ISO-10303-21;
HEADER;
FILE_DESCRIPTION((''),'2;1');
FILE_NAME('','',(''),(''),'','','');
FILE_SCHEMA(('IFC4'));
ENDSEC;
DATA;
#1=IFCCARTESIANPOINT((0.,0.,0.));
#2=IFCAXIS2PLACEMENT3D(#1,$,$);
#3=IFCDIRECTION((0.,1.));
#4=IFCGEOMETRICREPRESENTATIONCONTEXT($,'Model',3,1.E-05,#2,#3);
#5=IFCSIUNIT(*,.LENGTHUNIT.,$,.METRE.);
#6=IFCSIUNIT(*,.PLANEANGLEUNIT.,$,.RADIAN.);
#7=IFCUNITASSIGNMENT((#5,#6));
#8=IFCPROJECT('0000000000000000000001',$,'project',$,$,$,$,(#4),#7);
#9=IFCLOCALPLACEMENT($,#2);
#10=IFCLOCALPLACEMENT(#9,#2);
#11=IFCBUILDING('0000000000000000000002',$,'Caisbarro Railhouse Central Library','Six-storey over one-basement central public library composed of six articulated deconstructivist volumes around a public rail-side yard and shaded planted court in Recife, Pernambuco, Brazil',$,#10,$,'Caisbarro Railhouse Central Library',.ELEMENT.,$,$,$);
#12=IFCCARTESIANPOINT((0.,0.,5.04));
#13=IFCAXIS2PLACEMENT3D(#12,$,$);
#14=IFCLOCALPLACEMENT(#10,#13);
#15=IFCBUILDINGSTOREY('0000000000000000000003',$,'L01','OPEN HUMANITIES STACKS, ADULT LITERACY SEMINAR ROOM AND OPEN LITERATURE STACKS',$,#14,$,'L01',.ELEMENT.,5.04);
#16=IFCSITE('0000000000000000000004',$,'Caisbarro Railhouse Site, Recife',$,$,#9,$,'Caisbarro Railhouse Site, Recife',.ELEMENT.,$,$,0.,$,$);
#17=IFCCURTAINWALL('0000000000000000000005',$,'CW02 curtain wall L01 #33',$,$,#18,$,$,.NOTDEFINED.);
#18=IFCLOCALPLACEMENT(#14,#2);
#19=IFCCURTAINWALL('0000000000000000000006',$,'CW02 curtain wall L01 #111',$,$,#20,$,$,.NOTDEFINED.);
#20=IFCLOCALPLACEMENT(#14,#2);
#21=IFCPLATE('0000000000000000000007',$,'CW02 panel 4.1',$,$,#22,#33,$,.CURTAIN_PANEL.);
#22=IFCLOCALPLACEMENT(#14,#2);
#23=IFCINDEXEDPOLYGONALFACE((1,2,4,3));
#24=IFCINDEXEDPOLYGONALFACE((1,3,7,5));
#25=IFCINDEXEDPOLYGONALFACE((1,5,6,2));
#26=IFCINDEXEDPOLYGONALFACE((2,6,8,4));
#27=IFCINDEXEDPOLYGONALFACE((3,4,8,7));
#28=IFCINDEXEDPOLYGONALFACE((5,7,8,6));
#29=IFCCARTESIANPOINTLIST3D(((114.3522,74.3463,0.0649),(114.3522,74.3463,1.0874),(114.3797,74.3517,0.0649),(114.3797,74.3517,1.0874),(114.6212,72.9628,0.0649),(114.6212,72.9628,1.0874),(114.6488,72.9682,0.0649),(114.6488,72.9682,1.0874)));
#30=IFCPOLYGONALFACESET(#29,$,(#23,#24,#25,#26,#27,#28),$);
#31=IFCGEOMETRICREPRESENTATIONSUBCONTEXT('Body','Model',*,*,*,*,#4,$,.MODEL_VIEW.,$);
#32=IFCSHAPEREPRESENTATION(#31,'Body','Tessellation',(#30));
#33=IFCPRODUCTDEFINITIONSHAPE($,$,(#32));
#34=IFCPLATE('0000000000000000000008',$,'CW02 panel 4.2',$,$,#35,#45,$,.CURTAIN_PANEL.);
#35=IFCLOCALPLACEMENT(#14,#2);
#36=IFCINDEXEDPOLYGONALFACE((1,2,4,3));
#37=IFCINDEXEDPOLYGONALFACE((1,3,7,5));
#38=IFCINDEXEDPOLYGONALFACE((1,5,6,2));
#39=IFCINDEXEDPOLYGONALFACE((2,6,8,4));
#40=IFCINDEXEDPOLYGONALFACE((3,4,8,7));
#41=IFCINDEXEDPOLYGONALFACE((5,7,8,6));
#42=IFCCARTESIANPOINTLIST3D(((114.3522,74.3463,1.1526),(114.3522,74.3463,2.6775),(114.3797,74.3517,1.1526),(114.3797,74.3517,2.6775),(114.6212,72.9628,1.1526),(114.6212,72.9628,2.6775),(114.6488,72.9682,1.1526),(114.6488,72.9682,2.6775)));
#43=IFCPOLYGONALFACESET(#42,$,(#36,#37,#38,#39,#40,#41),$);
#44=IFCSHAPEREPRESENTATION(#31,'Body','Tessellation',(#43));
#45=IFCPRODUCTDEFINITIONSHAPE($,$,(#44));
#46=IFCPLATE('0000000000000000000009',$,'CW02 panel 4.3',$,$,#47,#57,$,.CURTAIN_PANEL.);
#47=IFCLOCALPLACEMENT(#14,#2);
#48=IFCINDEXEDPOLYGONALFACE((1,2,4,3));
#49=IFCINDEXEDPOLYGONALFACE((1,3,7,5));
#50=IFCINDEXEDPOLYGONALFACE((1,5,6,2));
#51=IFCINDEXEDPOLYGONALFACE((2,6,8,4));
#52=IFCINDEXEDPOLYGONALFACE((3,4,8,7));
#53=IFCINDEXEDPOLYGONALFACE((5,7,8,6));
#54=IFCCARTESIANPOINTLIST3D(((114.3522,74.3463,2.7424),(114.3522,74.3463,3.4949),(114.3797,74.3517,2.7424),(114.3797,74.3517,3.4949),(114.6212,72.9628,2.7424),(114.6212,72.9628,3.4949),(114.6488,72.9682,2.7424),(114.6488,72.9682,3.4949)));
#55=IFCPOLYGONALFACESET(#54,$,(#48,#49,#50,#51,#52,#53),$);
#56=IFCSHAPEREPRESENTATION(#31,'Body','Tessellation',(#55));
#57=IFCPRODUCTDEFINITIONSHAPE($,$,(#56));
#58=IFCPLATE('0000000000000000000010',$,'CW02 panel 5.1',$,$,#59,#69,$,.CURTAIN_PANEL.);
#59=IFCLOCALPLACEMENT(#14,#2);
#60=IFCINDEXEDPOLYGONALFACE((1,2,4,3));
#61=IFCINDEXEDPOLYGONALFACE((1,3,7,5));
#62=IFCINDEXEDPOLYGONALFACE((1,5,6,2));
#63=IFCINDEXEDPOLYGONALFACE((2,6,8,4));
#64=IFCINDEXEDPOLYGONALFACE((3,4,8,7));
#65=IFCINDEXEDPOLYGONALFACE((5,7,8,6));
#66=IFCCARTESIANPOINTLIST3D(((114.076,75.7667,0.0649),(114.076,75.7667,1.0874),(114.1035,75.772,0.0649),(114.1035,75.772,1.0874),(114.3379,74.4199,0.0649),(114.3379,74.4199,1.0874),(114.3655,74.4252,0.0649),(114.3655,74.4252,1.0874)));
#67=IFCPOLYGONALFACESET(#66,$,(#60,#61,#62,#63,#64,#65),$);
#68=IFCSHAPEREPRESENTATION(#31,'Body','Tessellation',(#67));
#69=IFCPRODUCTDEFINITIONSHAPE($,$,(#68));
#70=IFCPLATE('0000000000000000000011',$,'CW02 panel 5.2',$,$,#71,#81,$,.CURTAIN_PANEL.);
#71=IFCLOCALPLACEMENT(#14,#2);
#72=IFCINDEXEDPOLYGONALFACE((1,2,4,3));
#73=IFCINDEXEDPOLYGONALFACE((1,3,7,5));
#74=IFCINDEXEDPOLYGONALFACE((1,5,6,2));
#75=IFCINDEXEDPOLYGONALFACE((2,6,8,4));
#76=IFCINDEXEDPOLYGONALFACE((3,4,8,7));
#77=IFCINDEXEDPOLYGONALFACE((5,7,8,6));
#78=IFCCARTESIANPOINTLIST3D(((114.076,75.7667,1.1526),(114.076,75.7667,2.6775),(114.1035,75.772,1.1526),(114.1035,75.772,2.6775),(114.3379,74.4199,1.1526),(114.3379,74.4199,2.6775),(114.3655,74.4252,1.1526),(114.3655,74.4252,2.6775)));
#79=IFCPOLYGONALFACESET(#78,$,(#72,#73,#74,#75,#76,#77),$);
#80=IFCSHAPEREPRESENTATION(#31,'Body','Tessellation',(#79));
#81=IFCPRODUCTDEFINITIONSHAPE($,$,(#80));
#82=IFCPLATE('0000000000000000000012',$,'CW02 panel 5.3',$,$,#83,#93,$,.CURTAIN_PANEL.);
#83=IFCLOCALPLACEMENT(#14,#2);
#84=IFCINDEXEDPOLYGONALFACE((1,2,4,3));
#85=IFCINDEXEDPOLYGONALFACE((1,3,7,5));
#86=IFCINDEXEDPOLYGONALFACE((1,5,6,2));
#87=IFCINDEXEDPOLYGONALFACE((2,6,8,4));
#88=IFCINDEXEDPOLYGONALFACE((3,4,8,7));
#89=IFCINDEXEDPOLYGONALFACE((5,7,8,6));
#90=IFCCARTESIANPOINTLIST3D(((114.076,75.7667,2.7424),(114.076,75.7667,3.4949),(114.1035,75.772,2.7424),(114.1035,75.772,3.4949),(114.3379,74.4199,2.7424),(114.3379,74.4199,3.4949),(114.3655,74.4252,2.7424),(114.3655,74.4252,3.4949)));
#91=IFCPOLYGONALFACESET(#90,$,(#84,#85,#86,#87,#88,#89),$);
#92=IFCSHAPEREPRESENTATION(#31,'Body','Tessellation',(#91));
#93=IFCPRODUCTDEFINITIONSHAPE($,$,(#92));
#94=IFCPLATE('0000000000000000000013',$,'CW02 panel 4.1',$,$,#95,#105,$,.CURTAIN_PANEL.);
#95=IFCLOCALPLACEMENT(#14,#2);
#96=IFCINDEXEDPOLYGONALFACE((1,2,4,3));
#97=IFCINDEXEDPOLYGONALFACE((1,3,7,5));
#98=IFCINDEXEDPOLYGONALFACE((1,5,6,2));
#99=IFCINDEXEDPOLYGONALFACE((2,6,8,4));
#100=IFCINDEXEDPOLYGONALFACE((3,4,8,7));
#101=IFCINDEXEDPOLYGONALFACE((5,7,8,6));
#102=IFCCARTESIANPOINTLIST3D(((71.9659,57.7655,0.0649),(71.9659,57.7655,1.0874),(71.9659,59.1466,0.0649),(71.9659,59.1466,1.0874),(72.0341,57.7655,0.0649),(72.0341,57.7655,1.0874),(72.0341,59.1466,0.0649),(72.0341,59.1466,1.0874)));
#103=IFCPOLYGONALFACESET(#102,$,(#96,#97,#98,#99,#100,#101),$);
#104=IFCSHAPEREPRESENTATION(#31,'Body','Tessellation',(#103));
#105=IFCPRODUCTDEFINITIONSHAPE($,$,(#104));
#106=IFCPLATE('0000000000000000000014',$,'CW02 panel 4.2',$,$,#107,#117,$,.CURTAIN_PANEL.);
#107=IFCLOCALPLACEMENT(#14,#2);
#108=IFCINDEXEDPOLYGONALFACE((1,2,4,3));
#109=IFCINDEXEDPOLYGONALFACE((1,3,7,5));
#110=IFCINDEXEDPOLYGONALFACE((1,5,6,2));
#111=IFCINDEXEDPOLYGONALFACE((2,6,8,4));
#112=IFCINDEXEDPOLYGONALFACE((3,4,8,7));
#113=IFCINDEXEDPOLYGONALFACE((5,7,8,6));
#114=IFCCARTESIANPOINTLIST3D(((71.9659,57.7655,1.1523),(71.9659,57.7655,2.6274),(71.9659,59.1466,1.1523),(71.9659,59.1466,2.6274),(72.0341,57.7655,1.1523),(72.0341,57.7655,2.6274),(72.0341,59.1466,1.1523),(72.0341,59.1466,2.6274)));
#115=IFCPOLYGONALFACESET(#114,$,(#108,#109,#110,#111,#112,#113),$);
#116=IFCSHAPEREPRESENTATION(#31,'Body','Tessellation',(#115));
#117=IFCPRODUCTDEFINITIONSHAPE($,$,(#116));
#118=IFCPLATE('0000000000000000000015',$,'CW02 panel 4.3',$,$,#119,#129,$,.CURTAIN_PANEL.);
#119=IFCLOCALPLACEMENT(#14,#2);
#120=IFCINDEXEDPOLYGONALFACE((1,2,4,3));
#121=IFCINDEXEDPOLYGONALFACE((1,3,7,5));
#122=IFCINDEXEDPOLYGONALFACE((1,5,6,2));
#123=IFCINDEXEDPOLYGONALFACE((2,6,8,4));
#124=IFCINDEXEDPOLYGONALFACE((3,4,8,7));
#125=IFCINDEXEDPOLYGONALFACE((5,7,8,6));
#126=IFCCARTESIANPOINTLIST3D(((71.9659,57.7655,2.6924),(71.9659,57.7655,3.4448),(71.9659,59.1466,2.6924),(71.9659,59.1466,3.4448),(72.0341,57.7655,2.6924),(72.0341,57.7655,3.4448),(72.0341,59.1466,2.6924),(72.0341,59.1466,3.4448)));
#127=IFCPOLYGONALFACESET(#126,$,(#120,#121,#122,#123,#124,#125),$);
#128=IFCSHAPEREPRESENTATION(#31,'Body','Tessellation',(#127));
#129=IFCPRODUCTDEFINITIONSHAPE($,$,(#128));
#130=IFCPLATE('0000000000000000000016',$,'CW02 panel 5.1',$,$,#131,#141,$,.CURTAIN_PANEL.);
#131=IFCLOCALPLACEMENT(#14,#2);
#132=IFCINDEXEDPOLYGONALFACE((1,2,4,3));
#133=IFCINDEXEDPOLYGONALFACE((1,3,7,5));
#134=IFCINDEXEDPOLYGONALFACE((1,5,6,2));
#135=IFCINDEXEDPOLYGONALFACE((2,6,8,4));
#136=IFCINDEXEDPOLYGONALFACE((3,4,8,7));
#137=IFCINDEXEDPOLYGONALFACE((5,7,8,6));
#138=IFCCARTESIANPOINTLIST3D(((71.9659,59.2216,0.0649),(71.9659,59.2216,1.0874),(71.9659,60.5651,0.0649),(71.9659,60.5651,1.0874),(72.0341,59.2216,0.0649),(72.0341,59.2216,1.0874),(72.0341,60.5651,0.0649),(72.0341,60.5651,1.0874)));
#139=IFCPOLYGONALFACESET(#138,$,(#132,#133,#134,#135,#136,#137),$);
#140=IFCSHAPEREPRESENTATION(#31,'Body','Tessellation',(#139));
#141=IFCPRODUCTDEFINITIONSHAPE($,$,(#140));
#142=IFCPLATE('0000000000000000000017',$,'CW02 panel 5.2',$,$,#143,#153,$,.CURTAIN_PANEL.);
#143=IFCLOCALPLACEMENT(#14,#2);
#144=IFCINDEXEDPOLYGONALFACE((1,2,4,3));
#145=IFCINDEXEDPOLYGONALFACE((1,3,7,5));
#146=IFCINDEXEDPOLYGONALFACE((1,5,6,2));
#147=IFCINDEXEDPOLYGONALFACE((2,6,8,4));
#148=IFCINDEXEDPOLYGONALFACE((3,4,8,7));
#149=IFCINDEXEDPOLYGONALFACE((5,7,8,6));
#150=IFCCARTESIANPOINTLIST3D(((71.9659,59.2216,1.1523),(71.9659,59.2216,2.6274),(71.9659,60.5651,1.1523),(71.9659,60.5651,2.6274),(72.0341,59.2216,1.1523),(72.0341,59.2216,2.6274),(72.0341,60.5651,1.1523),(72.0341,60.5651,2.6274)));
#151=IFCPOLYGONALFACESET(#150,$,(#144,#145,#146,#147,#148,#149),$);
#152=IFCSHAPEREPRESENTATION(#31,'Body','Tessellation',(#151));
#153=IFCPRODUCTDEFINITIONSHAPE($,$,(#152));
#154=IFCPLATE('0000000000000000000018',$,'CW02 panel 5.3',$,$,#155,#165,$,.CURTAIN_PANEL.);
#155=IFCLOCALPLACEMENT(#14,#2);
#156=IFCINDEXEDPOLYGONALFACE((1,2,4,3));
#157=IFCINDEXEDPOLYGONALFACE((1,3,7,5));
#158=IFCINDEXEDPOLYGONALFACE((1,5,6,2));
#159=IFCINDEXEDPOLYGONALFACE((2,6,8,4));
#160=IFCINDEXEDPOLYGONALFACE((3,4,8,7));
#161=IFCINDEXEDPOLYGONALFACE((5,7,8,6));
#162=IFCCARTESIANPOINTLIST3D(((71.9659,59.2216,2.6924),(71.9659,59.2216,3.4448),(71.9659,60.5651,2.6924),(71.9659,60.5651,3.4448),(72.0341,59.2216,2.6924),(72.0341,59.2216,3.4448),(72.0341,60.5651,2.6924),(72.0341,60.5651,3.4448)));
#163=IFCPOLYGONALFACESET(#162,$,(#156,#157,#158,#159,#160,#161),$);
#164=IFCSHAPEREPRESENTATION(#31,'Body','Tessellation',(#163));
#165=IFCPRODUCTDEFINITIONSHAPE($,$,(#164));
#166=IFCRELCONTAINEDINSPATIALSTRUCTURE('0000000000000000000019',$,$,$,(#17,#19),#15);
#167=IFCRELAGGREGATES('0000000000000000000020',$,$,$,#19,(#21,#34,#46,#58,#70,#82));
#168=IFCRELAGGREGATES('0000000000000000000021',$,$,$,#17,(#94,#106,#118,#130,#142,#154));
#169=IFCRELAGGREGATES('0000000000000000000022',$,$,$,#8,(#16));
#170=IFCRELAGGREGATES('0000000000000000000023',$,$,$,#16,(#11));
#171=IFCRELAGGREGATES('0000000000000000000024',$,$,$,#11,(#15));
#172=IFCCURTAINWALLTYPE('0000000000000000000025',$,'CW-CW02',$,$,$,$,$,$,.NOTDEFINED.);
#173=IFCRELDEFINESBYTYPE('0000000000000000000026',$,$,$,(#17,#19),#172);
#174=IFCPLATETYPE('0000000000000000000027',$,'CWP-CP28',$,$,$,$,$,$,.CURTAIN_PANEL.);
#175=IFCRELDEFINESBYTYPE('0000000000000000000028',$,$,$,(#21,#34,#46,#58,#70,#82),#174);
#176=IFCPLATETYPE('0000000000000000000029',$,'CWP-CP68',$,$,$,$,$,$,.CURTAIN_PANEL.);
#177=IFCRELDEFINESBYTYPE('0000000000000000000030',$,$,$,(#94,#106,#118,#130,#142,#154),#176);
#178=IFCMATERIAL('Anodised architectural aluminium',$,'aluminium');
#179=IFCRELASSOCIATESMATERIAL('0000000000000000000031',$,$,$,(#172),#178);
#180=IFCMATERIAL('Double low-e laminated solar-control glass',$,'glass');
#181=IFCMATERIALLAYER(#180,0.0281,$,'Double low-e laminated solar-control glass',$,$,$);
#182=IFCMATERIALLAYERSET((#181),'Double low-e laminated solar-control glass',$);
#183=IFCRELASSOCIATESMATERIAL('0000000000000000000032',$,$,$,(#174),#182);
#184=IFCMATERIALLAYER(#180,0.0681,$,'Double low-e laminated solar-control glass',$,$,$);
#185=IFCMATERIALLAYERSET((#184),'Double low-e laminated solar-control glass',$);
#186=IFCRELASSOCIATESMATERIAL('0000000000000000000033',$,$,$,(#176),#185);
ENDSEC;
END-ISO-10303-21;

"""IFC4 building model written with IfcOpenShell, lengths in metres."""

from ifc_helpers import new_model, si_unit, direction, frame, origin, origin_2d, place, context, subcontext, project, spatial, rectangle, extrude, material, layer, layer_set, type_object, element, aggregate, save


model = new_model("IFC4")

# Units and contexts
model_context = context("Model", 3, precision=1e-05, world=origin(), true_north=direction((0.0, 1.0)))
body_context = subcontext(model_context, "Body", "Model", "MODEL_VIEW")
ifc_project = project(units=[si_unit("LENGTHUNIT", "METRE"), si_unit("PLANEANGLEUNIT", "RADIAN")], contexts=[model_context])

# Site, building, storey
site_placement = place(None, origin())
site = spatial("IfcSite", under=ifc_project, at=site_placement, Name="Caisbarro Railhouse Site, Recife", LongName="Caisbarro Railhouse Site, Recife", CompositionType="ELEMENT", RefElevation=0.0)
building_placement = place(site_placement, origin())
building = spatial("IfcBuilding", under=site, at=building_placement, Name="Caisbarro Railhouse Central Library", Description="Six-storey over one-basement central public library composed of six articulated deconstructivist volumes around a public rail-side yard and shaded planted court in Recife, Pernambuco, Brazil", LongName="Caisbarro Railhouse Central Library", CompositionType="ELEMENT")
storey_placement = place(building_placement, frame((0.0, 0.0, 5.04)))
storey = spatial("IfcBuildingStorey", under=building, at=storey_placement, Name="L01", Description="OPEN HUMANITIES STACKS, ADULT LITERACY SEMINAR ROOM AND OPEN LITERATURE STACKS", LongName="L01", CompositionType="ELEMENT", Elevation=5.04)

# Curtain walls
ifc_material_1 = material(Name="Anodised architectural aluminium", Category="aluminium")
curtain_wall_type = type_object("IfcCurtainWallType", Name="CW-CW02", PredefinedType="NOTDEFINED", material=ifc_material_1)
curtain_wall_1_placement = place(storey_placement, origin())
curtain_wall_1 = element("IfcCurtainWall", 1, at=curtain_wall_1_placement, inside=storey, type_object=curtain_wall_type, Name="CW02 curtain wall L01 #33", PredefinedType="NOTDEFINED")
curtain_wall_2_placement = place(storey_placement, origin())
curtain_wall_2 = element("IfcCurtainWall", 2, at=curtain_wall_2_placement, inside=storey, type_object=curtain_wall_type, Name="CW02 curtain wall L01 #111", PredefinedType="NOTDEFINED")

# Plates
ifc_material_2 = material(Name="Double low-e laminated solar-control glass", Category="glass")
ifc_layer_1 = layer(ifc_material_2, 0.0281, Name="Double low-e laminated solar-control glass")
ifc_layer_set_1 = layer_set([ifc_layer_1], Name="Double low-e laminated solar-control glass")
plate_type_1 = type_object("IfcPlateType", Name="CWP-CP28", PredefinedType="CURTAIN_PANEL", material=ifc_layer_set_1)
plate_1_placement = place(storey_placement, frame((114.5005, 73.6572, 0.0649), z_axis=(0.0, 0.0, 1.0), x_axis=(-0.190911, 0.981607, 0.0)))
plate_1 = element("IfcPlate", 3, at=plate_1_placement, type_object=plate_type_1, Name="CW02 panel 4.1", PredefinedType="CURTAIN_PANEL", context=body_context, shape_type="SweptSolid", body=[
    extrude(rectangle(XDim=1.4094, YDim=0.0281, at=origin_2d()), origin(), (0.0, 0.0, 1.0), 1.0225),
])
plate_2_placement = place(storey_placement, frame((114.5005, 73.6572, 1.1526), z_axis=(0.0, 0.0, 1.0), x_axis=(-0.190911, 0.981607, 0.0)))
plate_2 = element("IfcPlate", 4, at=plate_2_placement, type_object=plate_type_1, Name="CW02 panel 4.2", PredefinedType="CURTAIN_PANEL", context=body_context, shape_type="SweptSolid", body=[
    extrude(rectangle(XDim=1.4094, YDim=0.0281, at=origin_2d()), origin(), (0.0, 0.0, 1.0), 1.5249),
])
plate_3_placement = place(storey_placement, frame((114.5005, 73.6572, 2.7424), z_axis=(0.0, 0.0, 1.0), x_axis=(-0.190911, 0.981607, 0.0)))
plate_3 = element("IfcPlate", 5, at=plate_3_placement, type_object=plate_type_1, Name="CW02 panel 4.3", PredefinedType="CURTAIN_PANEL", context=body_context, shape_type="SweptSolid", body=[
    extrude(rectangle(XDim=1.4094, YDim=0.0281, at=origin_2d()), origin(), (0.0, 0.0, 1.0), 0.7524),
])
plate_4_placement = place(storey_placement, frame((114.2207, 75.0959, 0.0649), z_axis=(0.0, 0.0, 1.0), x_axis=(-0.190911, 0.981607, 0.0)))
plate_4 = element("IfcPlate", 6, at=plate_4_placement, type_object=plate_type_1, Name="CW02 panel 5.1", PredefinedType="CURTAIN_PANEL", context=body_context, shape_type="SweptSolid", body=[
    extrude(rectangle(XDim=1.3721, YDim=0.0281, at=origin_2d()), origin(), (0.0, 0.0, 1.0), 1.0225),
])
plate_5_placement = place(storey_placement, frame((114.2207, 75.0959, 1.1526), z_axis=(0.0, 0.0, 1.0), x_axis=(-0.190911, 0.981607, 0.0)))
plate_5 = element("IfcPlate", 7, at=plate_5_placement, type_object=plate_type_1, Name="CW02 panel 5.2", PredefinedType="CURTAIN_PANEL", context=body_context, shape_type="SweptSolid", body=[
    extrude(rectangle(XDim=1.3721, YDim=0.0281, at=origin_2d()), origin(), (0.0, 0.0, 1.0), 1.5249),
])
plate_6_placement = place(storey_placement, frame((114.2207, 75.0959, 2.7424), z_axis=(0.0, 0.0, 1.0), x_axis=(-0.190911, 0.981607, 0.0)))
plate_6 = element("IfcPlate", 8, at=plate_6_placement, type_object=plate_type_1, Name="CW02 panel 5.3", PredefinedType="CURTAIN_PANEL", context=body_context, shape_type="SweptSolid", body=[
    extrude(rectangle(XDim=1.3721, YDim=0.0281, at=origin_2d()), origin(), (0.0, 0.0, 1.0), 0.7524),
])
aggregate(curtain_wall_2, [plate_1, plate_2, plate_3, plate_4, plate_5, plate_6])
ifc_layer_2 = layer(ifc_material_2, 0.0681, Name="Double low-e laminated solar-control glass")
ifc_layer_set_2 = layer_set([ifc_layer_2], Name="Double low-e laminated solar-control glass")
plate_type_2 = type_object("IfcPlateType", Name="CWP-CP68", PredefinedType="CURTAIN_PANEL", material=ifc_layer_set_2)
plate_7_placement = place(storey_placement, frame((72.0, 58.4561, 0.0649), z_axis=(0.0, 0.0, 1.0), x_axis=(0.0, 1.0, 0.0)))
plate_7 = element("IfcPlate", 9, at=plate_7_placement, type_object=plate_type_2, Name="CW02 panel 4.1", PredefinedType="CURTAIN_PANEL", context=body_context, shape_type="SweptSolid", body=[
    extrude(rectangle(XDim=1.3811, YDim=0.0681, at=origin_2d()), origin(), (0.0, 0.0, 1.0), 1.0225),
])
plate_8_placement = place(storey_placement, frame((72.0, 58.4561, 1.1523), z_axis=(0.0, 0.0, 1.0), x_axis=(0.0, 1.0, 0.0)))
plate_8 = element("IfcPlate", 10, at=plate_8_placement, type_object=plate_type_2, Name="CW02 panel 4.2", PredefinedType="CURTAIN_PANEL", context=body_context, shape_type="SweptSolid", body=[
    extrude(rectangle(XDim=1.3811, YDim=0.0681, at=origin_2d()), origin(), (0.0, 0.0, 1.0), 1.4751),
])
plate_9_placement = place(storey_placement, frame((72.0, 58.4561, 2.6924), z_axis=(0.0, 0.0, 1.0), x_axis=(0.0, 1.0, 0.0)))
plate_9 = element("IfcPlate", 11, at=plate_9_placement, type_object=plate_type_2, Name="CW02 panel 4.3", PredefinedType="CURTAIN_PANEL", context=body_context, shape_type="SweptSolid", body=[
    extrude(rectangle(XDim=1.3811, YDim=0.0681, at=origin_2d()), origin(), (0.0, 0.0, 1.0), 0.7524),
])
plate_10_placement = place(storey_placement, frame((72.0, 59.8933, 0.0649), z_axis=(0.0, 0.0, 1.0), x_axis=(0.0, 1.0, 0.0)))
plate_10 = element("IfcPlate", 12, at=plate_10_placement, type_object=plate_type_2, Name="CW02 panel 5.1", PredefinedType="CURTAIN_PANEL", context=body_context, shape_type="SweptSolid", body=[
    extrude(rectangle(XDim=1.3435, YDim=0.0681, at=origin_2d()), origin(), (0.0, 0.0, 1.0), 1.0225),
])
plate_11_placement = place(storey_placement, frame((72.0, 59.8933, 1.1523), z_axis=(0.0, 0.0, 1.0), x_axis=(0.0, 1.0, 0.0)))
plate_11 = element("IfcPlate", 13, at=plate_11_placement, type_object=plate_type_2, Name="CW02 panel 5.2", PredefinedType="CURTAIN_PANEL", context=body_context, shape_type="SweptSolid", body=[
    extrude(rectangle(XDim=1.3435, YDim=0.0681, at=origin_2d()), origin(), (0.0, 0.0, 1.0), 1.4751),
])
plate_12_placement = place(storey_placement, frame((72.0, 59.8933, 2.6924), z_axis=(0.0, 0.0, 1.0), x_axis=(0.0, 1.0, 0.0)))
plate_12 = element("IfcPlate", 14, at=plate_12_placement, type_object=plate_type_2, Name="CW02 panel 5.3", PredefinedType="CURTAIN_PANEL", context=body_context, shape_type="SweptSolid", body=[
    extrude(rectangle(XDim=1.3435, YDim=0.0681, at=origin_2d()), origin(), (0.0, 0.0, 1.0), 0.7524),
])
aggregate(curtain_wall_1, [plate_7, plate_8, plate_9, plate_10, plate_11, plate_12])

save(model, "model.ifc")
